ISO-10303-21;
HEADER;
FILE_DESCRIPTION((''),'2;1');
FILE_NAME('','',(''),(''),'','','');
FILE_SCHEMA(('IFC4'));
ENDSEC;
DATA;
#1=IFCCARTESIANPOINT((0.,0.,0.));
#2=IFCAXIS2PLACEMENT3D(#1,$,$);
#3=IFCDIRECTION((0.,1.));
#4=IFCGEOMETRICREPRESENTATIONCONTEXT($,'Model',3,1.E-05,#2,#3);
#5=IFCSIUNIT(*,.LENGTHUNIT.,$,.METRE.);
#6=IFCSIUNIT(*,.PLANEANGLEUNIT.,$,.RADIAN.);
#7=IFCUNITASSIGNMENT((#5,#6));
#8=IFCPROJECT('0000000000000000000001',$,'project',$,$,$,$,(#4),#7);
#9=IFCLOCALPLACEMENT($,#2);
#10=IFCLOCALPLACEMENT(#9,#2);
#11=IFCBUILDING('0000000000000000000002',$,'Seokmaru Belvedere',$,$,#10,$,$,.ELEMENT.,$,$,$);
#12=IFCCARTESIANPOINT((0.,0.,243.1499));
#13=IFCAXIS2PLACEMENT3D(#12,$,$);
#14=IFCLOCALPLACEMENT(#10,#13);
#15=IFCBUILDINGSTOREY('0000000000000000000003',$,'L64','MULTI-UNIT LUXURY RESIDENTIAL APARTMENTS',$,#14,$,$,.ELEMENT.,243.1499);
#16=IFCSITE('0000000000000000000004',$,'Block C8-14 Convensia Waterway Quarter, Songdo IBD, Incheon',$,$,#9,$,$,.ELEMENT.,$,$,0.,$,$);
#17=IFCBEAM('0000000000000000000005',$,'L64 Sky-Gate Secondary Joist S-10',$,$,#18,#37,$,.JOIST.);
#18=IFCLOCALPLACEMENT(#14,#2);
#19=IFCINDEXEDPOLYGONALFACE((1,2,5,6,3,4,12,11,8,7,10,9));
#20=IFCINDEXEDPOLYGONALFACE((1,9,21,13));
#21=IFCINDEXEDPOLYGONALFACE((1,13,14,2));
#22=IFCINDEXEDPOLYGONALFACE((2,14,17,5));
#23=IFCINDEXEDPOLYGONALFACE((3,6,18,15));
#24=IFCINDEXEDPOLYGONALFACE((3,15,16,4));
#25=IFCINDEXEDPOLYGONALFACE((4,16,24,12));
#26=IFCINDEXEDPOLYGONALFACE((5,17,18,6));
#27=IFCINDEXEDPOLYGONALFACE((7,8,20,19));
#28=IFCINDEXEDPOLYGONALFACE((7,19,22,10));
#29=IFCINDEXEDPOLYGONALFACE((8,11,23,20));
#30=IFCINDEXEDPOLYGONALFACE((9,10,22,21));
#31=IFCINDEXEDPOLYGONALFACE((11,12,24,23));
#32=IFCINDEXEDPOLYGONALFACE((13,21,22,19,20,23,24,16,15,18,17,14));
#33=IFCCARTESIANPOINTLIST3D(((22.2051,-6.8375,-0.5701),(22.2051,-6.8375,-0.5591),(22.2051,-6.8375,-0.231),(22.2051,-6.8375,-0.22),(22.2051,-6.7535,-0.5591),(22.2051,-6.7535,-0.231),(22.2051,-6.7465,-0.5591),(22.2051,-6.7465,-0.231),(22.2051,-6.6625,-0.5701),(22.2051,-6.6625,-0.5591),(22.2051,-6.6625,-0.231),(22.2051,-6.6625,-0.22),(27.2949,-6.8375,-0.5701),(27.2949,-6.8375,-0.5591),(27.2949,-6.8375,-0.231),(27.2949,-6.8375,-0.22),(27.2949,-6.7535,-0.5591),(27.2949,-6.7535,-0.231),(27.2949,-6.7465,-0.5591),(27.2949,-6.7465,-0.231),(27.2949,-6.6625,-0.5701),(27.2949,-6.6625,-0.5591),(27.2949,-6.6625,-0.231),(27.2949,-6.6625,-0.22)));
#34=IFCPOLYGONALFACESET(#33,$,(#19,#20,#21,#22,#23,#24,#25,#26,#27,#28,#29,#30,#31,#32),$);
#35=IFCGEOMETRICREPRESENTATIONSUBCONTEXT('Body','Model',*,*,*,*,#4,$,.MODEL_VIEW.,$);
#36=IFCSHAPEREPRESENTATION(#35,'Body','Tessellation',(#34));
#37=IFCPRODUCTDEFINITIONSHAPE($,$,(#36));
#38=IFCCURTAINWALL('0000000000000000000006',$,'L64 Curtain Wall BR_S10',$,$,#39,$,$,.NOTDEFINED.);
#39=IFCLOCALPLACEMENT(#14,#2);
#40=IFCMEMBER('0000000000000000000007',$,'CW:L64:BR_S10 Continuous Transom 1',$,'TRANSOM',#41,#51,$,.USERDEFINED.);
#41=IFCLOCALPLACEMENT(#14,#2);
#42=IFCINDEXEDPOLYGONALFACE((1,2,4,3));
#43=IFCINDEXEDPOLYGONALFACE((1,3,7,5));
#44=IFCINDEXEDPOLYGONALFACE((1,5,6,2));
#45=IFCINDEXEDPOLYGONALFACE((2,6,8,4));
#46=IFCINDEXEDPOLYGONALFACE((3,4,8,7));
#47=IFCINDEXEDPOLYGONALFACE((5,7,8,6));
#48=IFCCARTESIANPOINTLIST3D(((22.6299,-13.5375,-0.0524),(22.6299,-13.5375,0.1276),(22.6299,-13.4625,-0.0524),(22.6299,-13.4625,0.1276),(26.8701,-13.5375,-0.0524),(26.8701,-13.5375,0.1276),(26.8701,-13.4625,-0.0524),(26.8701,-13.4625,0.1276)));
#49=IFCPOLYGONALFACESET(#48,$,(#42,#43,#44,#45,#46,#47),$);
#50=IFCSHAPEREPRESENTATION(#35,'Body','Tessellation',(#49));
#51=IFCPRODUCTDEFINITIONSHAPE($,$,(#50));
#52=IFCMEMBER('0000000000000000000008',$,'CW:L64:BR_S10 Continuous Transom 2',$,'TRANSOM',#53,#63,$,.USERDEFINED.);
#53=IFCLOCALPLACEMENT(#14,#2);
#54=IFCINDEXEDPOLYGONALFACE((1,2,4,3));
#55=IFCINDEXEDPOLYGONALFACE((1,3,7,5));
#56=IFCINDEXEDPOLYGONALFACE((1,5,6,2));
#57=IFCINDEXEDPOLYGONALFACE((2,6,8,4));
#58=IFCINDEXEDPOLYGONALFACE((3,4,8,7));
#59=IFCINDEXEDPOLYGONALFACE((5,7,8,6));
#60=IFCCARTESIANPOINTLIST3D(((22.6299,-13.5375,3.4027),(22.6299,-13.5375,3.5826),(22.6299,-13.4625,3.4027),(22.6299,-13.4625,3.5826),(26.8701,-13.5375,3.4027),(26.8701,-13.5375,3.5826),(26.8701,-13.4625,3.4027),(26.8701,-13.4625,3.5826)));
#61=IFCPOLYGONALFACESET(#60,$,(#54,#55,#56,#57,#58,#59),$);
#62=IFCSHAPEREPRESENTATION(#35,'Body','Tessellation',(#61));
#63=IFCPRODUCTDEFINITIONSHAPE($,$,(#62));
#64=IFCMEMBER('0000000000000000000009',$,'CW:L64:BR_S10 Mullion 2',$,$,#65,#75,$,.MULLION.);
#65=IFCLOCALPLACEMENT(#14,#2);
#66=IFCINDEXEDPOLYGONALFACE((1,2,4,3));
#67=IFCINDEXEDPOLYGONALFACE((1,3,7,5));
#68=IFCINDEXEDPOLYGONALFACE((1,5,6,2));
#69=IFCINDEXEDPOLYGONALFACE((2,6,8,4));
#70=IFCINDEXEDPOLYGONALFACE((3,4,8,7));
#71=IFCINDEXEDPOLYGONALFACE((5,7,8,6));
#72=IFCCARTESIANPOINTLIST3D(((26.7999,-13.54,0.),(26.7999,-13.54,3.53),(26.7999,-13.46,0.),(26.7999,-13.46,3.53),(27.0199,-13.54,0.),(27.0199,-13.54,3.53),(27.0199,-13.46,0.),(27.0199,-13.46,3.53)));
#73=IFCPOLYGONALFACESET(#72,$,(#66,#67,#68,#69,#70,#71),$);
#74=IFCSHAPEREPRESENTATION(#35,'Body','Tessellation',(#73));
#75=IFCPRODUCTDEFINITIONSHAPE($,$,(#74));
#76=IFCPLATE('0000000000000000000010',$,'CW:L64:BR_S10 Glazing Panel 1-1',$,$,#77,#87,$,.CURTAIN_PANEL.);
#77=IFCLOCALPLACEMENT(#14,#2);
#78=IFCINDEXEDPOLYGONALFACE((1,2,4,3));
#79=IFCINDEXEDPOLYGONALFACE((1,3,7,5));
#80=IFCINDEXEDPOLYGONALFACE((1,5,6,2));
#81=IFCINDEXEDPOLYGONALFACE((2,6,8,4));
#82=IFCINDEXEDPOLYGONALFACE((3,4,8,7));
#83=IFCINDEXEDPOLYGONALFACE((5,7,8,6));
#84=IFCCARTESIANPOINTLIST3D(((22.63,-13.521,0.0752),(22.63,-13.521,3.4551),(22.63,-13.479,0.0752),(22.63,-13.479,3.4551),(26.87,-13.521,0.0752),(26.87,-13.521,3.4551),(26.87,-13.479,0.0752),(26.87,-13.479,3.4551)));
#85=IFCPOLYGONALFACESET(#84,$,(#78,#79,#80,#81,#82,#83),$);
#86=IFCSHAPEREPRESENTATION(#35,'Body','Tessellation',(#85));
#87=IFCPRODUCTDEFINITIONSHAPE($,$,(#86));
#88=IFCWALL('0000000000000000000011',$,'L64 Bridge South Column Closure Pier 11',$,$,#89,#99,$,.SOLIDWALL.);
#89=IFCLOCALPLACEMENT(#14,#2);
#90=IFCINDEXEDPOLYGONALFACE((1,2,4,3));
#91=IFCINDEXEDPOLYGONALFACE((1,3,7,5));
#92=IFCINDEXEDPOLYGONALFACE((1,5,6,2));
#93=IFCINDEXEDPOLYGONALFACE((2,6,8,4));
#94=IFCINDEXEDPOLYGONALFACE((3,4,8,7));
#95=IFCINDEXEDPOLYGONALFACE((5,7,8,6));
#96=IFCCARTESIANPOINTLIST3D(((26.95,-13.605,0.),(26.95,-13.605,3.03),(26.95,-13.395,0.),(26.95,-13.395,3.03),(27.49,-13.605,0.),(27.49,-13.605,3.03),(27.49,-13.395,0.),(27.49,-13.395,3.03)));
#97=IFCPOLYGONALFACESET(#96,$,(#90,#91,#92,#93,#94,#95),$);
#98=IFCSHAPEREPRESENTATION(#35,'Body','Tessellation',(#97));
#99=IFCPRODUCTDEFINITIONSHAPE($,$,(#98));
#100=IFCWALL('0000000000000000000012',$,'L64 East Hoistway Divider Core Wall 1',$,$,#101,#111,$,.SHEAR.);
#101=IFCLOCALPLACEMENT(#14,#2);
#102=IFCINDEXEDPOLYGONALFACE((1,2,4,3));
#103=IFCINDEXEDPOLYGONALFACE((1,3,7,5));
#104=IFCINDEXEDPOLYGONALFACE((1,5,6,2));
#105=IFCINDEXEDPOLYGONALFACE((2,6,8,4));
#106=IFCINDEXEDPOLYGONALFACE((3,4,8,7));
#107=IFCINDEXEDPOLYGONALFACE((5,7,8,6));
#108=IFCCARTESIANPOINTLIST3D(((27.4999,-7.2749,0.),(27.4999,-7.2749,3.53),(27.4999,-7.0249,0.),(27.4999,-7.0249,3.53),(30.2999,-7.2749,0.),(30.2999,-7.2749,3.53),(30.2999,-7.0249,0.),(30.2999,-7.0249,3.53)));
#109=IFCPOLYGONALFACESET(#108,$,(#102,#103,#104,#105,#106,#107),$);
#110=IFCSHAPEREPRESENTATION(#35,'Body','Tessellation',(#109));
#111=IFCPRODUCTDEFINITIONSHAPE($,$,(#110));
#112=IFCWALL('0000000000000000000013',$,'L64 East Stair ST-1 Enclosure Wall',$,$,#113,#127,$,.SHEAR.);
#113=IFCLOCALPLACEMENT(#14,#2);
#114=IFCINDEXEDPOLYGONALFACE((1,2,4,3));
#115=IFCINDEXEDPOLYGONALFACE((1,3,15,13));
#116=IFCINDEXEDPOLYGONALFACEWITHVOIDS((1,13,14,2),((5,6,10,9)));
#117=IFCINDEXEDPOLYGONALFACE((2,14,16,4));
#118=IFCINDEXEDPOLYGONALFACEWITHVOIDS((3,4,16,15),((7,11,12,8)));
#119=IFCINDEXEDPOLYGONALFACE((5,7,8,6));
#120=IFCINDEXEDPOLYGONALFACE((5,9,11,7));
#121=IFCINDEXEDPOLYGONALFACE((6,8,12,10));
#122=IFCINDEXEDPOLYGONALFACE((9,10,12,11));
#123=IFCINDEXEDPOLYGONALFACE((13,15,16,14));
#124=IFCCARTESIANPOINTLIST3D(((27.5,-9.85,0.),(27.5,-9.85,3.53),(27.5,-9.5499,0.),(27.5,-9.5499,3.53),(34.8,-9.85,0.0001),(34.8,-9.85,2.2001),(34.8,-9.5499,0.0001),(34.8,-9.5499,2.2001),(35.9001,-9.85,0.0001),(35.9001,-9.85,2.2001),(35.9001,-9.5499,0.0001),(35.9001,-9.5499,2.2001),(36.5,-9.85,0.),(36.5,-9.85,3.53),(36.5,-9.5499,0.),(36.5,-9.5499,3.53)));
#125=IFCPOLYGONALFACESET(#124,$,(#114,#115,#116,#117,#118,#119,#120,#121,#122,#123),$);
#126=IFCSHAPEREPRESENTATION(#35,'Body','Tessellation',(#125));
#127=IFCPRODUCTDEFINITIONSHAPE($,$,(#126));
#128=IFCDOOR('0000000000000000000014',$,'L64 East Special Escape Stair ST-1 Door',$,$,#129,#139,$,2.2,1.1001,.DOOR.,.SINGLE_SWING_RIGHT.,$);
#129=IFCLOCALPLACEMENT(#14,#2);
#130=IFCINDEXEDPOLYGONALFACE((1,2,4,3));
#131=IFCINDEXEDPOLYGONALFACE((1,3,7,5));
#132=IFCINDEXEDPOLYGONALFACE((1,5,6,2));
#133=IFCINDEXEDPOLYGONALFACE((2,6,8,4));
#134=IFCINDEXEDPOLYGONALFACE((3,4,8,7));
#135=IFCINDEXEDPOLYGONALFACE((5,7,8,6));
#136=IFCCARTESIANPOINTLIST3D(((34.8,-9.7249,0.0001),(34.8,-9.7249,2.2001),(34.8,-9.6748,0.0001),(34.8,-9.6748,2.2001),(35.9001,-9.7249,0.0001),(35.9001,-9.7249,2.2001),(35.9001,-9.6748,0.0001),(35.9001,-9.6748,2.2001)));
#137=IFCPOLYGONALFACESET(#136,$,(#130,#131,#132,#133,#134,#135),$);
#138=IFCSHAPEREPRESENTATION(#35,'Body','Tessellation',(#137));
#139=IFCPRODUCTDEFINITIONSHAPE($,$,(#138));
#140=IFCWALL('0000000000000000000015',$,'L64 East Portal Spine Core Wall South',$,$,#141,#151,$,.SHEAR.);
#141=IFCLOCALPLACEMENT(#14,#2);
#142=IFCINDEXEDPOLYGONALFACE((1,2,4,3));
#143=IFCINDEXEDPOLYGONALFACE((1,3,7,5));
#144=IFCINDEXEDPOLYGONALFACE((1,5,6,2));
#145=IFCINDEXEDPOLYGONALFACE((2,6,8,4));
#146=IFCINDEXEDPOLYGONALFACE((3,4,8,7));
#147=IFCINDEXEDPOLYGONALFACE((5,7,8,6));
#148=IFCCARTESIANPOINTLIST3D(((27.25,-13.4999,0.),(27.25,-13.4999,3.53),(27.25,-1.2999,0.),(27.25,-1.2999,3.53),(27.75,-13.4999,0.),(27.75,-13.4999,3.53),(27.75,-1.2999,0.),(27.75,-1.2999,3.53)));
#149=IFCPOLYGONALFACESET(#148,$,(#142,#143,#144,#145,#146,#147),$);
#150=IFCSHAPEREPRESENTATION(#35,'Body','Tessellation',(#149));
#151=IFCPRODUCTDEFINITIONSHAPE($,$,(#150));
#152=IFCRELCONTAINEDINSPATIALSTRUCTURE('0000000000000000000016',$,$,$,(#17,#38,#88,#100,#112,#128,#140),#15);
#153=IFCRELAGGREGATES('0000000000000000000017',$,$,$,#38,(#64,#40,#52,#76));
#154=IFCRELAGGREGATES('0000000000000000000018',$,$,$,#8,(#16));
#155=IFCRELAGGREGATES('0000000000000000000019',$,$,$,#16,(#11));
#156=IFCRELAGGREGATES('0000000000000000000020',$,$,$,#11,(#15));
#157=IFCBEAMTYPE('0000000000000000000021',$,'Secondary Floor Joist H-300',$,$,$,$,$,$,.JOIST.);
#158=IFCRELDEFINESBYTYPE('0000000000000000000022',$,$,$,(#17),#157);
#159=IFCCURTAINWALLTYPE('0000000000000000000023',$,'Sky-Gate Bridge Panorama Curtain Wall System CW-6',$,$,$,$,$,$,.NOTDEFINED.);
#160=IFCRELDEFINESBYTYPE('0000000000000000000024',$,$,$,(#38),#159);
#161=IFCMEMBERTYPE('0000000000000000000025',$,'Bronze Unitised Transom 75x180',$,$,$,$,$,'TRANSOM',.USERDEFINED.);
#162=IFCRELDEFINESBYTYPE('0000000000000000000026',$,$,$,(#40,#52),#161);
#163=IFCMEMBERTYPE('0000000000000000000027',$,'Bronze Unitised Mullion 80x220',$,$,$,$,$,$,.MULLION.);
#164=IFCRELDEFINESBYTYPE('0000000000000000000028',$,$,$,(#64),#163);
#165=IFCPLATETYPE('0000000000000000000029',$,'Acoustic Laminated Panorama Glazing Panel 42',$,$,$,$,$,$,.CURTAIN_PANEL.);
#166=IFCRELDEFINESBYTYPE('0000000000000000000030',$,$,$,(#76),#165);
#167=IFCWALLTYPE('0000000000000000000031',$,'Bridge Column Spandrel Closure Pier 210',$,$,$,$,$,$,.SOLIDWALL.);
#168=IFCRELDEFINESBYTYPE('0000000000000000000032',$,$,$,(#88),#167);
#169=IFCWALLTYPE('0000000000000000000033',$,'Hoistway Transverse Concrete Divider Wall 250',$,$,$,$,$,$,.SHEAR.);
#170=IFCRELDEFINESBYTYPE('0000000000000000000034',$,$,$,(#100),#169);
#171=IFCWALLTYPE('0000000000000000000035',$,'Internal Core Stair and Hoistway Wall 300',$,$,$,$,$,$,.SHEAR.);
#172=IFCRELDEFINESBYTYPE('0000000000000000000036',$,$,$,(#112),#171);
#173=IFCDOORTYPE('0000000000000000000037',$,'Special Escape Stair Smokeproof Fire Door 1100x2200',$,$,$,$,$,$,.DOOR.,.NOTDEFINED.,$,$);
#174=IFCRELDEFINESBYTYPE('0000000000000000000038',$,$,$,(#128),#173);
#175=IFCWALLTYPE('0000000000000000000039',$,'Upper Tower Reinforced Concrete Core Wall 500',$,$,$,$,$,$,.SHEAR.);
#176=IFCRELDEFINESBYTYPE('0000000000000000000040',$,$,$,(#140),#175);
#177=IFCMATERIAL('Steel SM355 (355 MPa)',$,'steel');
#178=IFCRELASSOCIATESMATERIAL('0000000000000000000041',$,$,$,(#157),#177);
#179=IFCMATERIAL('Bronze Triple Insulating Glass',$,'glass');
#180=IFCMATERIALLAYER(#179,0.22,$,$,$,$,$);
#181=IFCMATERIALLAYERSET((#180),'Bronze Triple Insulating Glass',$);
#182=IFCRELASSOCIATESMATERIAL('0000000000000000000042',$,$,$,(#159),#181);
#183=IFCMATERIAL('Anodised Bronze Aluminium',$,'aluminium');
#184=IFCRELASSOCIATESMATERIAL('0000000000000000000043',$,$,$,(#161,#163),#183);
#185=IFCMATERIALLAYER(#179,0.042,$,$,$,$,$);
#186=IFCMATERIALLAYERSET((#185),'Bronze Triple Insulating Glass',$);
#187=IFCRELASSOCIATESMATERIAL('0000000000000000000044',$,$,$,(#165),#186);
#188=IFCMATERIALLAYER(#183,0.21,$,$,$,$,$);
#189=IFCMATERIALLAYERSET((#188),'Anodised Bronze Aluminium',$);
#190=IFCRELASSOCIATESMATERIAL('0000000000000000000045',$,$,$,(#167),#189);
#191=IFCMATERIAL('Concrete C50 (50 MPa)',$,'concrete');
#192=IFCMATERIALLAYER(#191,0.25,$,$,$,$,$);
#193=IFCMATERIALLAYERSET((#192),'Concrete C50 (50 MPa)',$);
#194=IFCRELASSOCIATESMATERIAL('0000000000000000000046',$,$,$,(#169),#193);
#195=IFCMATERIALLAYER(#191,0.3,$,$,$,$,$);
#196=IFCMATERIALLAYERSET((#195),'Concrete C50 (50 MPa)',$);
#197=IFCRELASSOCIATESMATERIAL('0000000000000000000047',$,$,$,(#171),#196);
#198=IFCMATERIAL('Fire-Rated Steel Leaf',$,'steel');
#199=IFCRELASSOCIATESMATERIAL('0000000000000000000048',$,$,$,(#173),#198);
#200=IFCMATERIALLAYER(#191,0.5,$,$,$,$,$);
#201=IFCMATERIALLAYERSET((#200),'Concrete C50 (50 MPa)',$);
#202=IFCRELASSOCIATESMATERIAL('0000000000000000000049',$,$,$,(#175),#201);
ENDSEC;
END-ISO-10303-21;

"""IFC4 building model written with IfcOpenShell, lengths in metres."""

from ifc_helpers import new_model, si_unit, direction, frame, frame_2d, origin, origin_2d, place, context, subcontext, project, spatial, rectangle, i_section, extrude, source, transform, mapped, material, layer, layer_set, material_profile, profile_set, type_object, type_shapes, element, fill, aggregate, save


model = new_model("IFC4")

# Units and contexts
model_context = context("Model", 3, precision=1e-05, world=origin(), true_north=direction((0.0, 1.0)))
body_context = subcontext(model_context, "Body", "Model", "MODEL_VIEW")
ifc_project = project(units=[si_unit("LENGTHUNIT", "METRE"), si_unit("PLANEANGLEUNIT", "RADIAN")], contexts=[model_context])

# Site, building, storey
site_placement = place(None, origin())
site = spatial("IfcSite", under=ifc_project, at=site_placement, Name="Block C8-14 Convensia Waterway Quarter, Songdo IBD, Incheon", CompositionType="ELEMENT", RefElevation=0.0)
building_placement = place(site_placement, origin())
building = spatial("IfcBuilding", under=site, at=building_placement, Name="Seokmaru Belvedere", CompositionType="ELEMENT")
storey_placement = place(building_placement, frame((0.0, 0.0, 243.1499)))
storey = spatial("IfcBuildingStorey", under=building, at=storey_placement, Name="L64", Description="MULTI-UNIT LUXURY RESIDENTIAL APARTMENTS", CompositionType="ELEMENT", Elevation=243.1499)

# Shared definitions
ifc_material_1 = material(Name="Steel SM355 (355 MPa)", Category="steel")

# Beam
ifc_material_profile_1 = material_profile(ifc_material_1, i_section(OverallWidth=0.175, OverallDepth=0.3501, WebThickness=0.0071, FlangeThickness=0.011, at=origin_2d()), Name="H-350x175x7x11")
ifc_profile_set_1 = profile_set([ifc_material_profile_1], Name="Steel SM355 (355 MPa)")
beam_type_1 = type_object("IfcBeamType", Name="Secondary Floor Joist H-300", PredefinedType="JOIST", material=ifc_profile_set_1)
shared_shape_1 = source(origin(), body_context, "Body", "SweptSolid", [
    extrude(i_section(OverallWidth=0.175, OverallDepth=0.3501, WebThickness=0.0071, FlangeThickness=0.011, at=origin_2d()), origin(), (0.0, 0.0, 1.0), 5.0898),
])
type_shapes(beam_type_1, [shared_shape_1])
for number, where, z_axis, x_axis, name in (
    (1, (22.2051, -6.75, -0.395), (1.0, 0.0, 0.0), (0.0, 1.0, 0.0), "L64 Sky-Gate Secondary Joist S-10"),
):
    element("IfcBeam", number, at=place(storey_placement, frame(where, z_axis=z_axis, x_axis=x_axis)), inside=storey, type_object=beam_type_1, Name=name, PredefinedType="JOIST", context=body_context, shape_type="MappedRepresentation", body=[
        mapped(shared_shape_1, transform((0.0, 0.0, 0.0), scale=1.0)),
    ])

# Curtain wall, members, plate
ifc_material_2 = material(Name="Bronze Triple Insulating Glass", Category="glass")
ifc_layer_1 = layer(ifc_material_2, 0.22)
ifc_layer_set_1 = layer_set([ifc_layer_1], Name="Bronze Triple Insulating Glass")
curtain_wall_type = type_object("IfcCurtainWallType", Name="Sky-Gate Bridge Panorama Curtain Wall System CW-6", PredefinedType="NOTDEFINED", material=ifc_layer_set_1)
curtain_wall_placement = place(storey_placement, origin())
curtain_wall = element("IfcCurtainWall", 2, at=curtain_wall_placement, inside=storey, type_object=curtain_wall_type, Name="L64 Curtain Wall BR_S10", PredefinedType="NOTDEFINED")
ifc_material_3 = material(Name="Anodised Bronze Aluminium", Category="aluminium")
ifc_material_profile_2 = material_profile(ifc_material_3, rectangle(XDim=0.075, YDim=0.1799, at=origin_2d()), Name="CW-T-75x180")
ifc_profile_set_2 = profile_set([ifc_material_profile_2], Name="Anodised Bronze Aluminium")
member_type_1 = type_object("IfcMemberType", Name="Bronze Unitised Transom 75x180", ElementType="TRANSOM", PredefinedType="USERDEFINED", material=ifc_profile_set_2)
shared_shape_2 = source(origin(), body_context, "Body", "SweptSolid", [
    extrude(rectangle(XDim=0.075, YDim=0.1799, at=origin_2d()), origin(), (0.0, 0.0, 1.0), 4.2402),
])
type_shapes(member_type_1, [shared_shape_2])
member_1_placement = place(storey_placement, frame((22.6299, -13.5, 0.0376), z_axis=(1.0, 0.0, 0.0), x_axis=(0.0, 1.0, 0.0)))
member_1 = element("IfcMember", 3, at=member_1_placement, type_object=member_type_1, Name="CW:L64:BR_S10 Continuous Transom 1", ObjectType="TRANSOM", PredefinedType="USERDEFINED", context=body_context, shape_type="MappedRepresentation", body=[
    mapped(shared_shape_2, transform((0.0, 0.0, 0.0), scale=1.0)),
])
member_2_placement = place(storey_placement, frame((22.6299, -13.5, 3.4927), z_axis=(1.0, 0.0, 0.0), x_axis=(0.0, 1.0, 0.0)))
member_2 = element("IfcMember", 4, at=member_2_placement, type_object=member_type_1, Name="CW:L64:BR_S10 Continuous Transom 2", ObjectType="TRANSOM", PredefinedType="USERDEFINED", context=body_context, shape_type="MappedRepresentation", body=[
    mapped(shared_shape_2, transform((0.0, 0.0, 0.0), scale=1.0)),
])
ifc_material_profile_3 = material_profile(ifc_material_3, rectangle(XDim=0.0801, YDim=0.22, at=origin_2d()), Name="CW-M-80x220")
ifc_profile_set_3 = profile_set([ifc_material_profile_3], Name="Anodised Bronze Aluminium")
member_type_2 = type_object("IfcMemberType", Name="Bronze Unitised Mullion 80x220", PredefinedType="MULLION", material=ifc_profile_set_3)
shared_shape_3 = source(origin(), body_context, "Body", "SweptSolid", [
    extrude(rectangle(XDim=0.0801, YDim=0.22, at=origin_2d()), origin(), (0.0, 0.0, 1.0), 3.53),
])
type_shapes(member_type_2, [shared_shape_3])
member_3_placement = place(storey_placement, frame((26.9099, -13.5, 0.0), z_axis=(0.0, 0.0, 1.0), x_axis=(0.0, 1.0, 0.0)))
member_3 = element("IfcMember", 5, at=member_3_placement, type_object=member_type_2, Name="CW:L64:BR_S10 Mullion 2", PredefinedType="MULLION", context=body_context, shape_type="MappedRepresentation", body=[
    mapped(shared_shape_3, transform((0.0, 0.0, 0.0), scale=1.0)),
])
ifc_layer_2 = layer(ifc_material_2, 0.042)
ifc_layer_set_2 = layer_set([ifc_layer_2], Name="Bronze Triple Insulating Glass")
plate_type = type_object("IfcPlateType", Name="Acoustic Laminated Panorama Glazing Panel 42", PredefinedType="CURTAIN_PANEL", material=ifc_layer_set_2)
shared_shape_4 = source(origin(), body_context, "Body", "SweptSolid", [
    extrude(rectangle(XDim=4.24, YDim=0.042, at=origin_2d()), origin(), (0.0, 0.0, 1.0), 3.3799),
])
type_shapes(plate_type, [shared_shape_4])
plate_placement = place(storey_placement, frame((24.75, -13.5, 0.0752), z_axis=(0.0, 0.0, 1.0), x_axis=(1.0, 0.0, 0.0)))
plate = element("IfcPlate", 6, at=plate_placement, type_object=plate_type, Name="CW:L64:BR_S10 Glazing Panel 1-1", PredefinedType="CURTAIN_PANEL", context=body_context, shape_type="MappedRepresentation", body=[
    mapped(shared_shape_4, transform((0.0, 0.0, 0.0), scale=1.0)),
])
aggregate(curtain_wall, [member_3, member_1, member_2, plate])

# Wall
ifc_layer_3 = layer(ifc_material_3, 0.21)
ifc_layer_set_3 = layer_set([ifc_layer_3], Name="Anodised Bronze Aluminium")
wall_type_1 = type_object("IfcWallType", Name="Bridge Column Spandrel Closure Pier 210", PredefinedType="SOLIDWALL", material=ifc_layer_set_3)
wall_1_placement = place(storey_placement, frame((26.95, -13.5, 0.0), z_axis=(0.0, 0.0, 1.0), x_axis=(1.0, 0.0, 0.0)))
element("IfcWall", 7, at=wall_1_placement, inside=storey, type_object=wall_type_1, Name="L64 Bridge South Column Closure Pier 11", PredefinedType="SOLIDWALL", context=body_context, shape_type="SweptSolid", body=[
    extrude(rectangle(XDim=0.54, YDim=0.21, at=frame_2d((0.27, 0.0))), origin(), (0.0, 0.0, 1.0), 3.03),
])

# Shared definitions
ifc_material_4 = material(Name="Fire-Rated Steel Leaf", Category="steel")

# Wall
ifc_material_5 = material(Name="Concrete C50 (50 MPa)", Category="concrete")
ifc_layer_4 = layer(ifc_material_5, 0.25)
ifc_layer_set_4 = layer_set([ifc_layer_4], Name="Concrete C50 (50 MPa)")
wall_type_2 = type_object("IfcWallType", Name="Hoistway Transverse Concrete Divider Wall 250", PredefinedType="SHEAR", material=ifc_layer_set_4)
wall_2_placement = place(storey_placement, frame((27.5, -7.1499, 0.0), z_axis=(0.0, 0.0, 1.0), x_axis=(1.0, 0.0, 0.0)))
element("IfcWall", 8, at=wall_2_placement, inside=storey, type_object=wall_type_2, Name="L64 East Hoistway Divider Core Wall 1", PredefinedType="SHEAR", context=body_context, shape_type="SweptSolid", body=[
    extrude(rectangle(XDim=2.8, YDim=0.25, at=frame_2d((1.3999, 0.0))), origin(), (0.0, 0.0, 1.0), 3.53),
])

# Wall, opening, door
ifc_layer_5 = layer(ifc_material_5, 0.3)
ifc_layer_set_5 = layer_set([ifc_layer_5], Name="Concrete C50 (50 MPa)")
wall_type_3 = type_object("IfcWallType", Name="Internal Core Stair and Hoistway Wall 300", PredefinedType="SHEAR", material=ifc_layer_set_5)
wall_3_placement = place(storey_placement, frame((27.5, -9.7, 0.0), z_axis=(0.0, 0.0, 1.0), x_axis=(1.0, 0.0, 0.0)))
wall_3 = element("IfcWall", 9, at=wall_3_placement, inside=storey, type_object=wall_type_3, Name="L64 East Stair ST-1 Enclosure Wall", PredefinedType="SHEAR", context=body_context, shape_type="SweptSolid", body=[
    extrude(rectangle(XDim=9.0, YDim=0.3, at=frame_2d((4.5, 0.0))), origin(), (0.0, 0.0, 1.0), 3.53),
])
opening_1_placement = place(wall_3_placement, frame((7.3, 0.0, 0.0)))
opening_1 = element("IfcOpeningElement", 10, at=opening_1_placement, cuts=wall_3, PredefinedType="OPENING", context=body_context, shape_type="SweptSolid", body=[
    extrude(rectangle(XDim=1.1001, YDim=2.2, at=frame_2d((0.55, 1.1001))), frame((0.0, 0.1602, 0.0), z_axis=(0.0, -1.0, 0.0), x_axis=(1.0, 0.0, 0.0)), (0.0, 0.0, 1.0), 0.3201),
])
door_type_1 = type_object("IfcDoorType", Name="Special Escape Stair Smokeproof Fire Door 1100x2200", OperationType="NOTDEFINED", PredefinedType="DOOR", material=ifc_material_4)
shared_shape_5 = source(origin(), body_context, "Body", "SweptSolid", [
    extrude(rectangle(XDim=1.1001, YDim=2.2, at=frame_2d((0.55, 1.1001))), frame((0.0, 0.0249, 0.0), z_axis=(0.0, -1.0, 0.0), x_axis=(1.0, 0.0, 0.0)), (0.0, 0.0, 1.0), 0.05),
])
type_shapes(door_type_1, [shared_shape_5])
door_1_placement = place(opening_1_placement, frame((1.1001, 0.0, 0.0), z_axis=(0.0, 0.0, 1.0), x_axis=(-1.0, 0.0, 0.0)))
door_1 = element("IfcDoor", 11, at=door_1_placement, inside=storey, type_object=door_type_1, Name="L64 East Special Escape Stair ST-1 Door", OperationType="SINGLE_SWING_RIGHT", OverallHeight=2.2, OverallWidth=1.1001, PredefinedType="DOOR", context=body_context, shape_type="MappedRepresentation", body=[
    mapped(shared_shape_5, transform((0.0, 0.0, 0.0), scale=1.0)),
])
fill(opening_1, door_1)

# Wall
ifc_layer_6 = layer(ifc_material_5, 0.5)
ifc_layer_set_6 = layer_set([ifc_layer_6], Name="Concrete C50 (50 MPa)")
wall_type_4 = type_object("IfcWallType", Name="Upper Tower Reinforced Concrete Core Wall 500", PredefinedType="SHEAR", material=ifc_layer_set_6)
wall_4_placement = place(storey_placement, frame((27.5, -13.5, 0.0), z_axis=(0.0, 0.0, 1.0), x_axis=(0.0, 1.0, 0.0)))
element("IfcWall", 12, at=wall_4_placement, inside=storey, type_object=wall_type_4, Name="L64 East Portal Spine Core Wall South", PredefinedType="SHEAR", context=body_context, shape_type="SweptSolid", body=[
    extrude(rectangle(XDim=12.2, YDim=0.5, at=frame_2d((6.1001, 0.0))), origin(), (0.0, 0.0, 1.0), 3.53),
])

save(model, "model.ifc")
